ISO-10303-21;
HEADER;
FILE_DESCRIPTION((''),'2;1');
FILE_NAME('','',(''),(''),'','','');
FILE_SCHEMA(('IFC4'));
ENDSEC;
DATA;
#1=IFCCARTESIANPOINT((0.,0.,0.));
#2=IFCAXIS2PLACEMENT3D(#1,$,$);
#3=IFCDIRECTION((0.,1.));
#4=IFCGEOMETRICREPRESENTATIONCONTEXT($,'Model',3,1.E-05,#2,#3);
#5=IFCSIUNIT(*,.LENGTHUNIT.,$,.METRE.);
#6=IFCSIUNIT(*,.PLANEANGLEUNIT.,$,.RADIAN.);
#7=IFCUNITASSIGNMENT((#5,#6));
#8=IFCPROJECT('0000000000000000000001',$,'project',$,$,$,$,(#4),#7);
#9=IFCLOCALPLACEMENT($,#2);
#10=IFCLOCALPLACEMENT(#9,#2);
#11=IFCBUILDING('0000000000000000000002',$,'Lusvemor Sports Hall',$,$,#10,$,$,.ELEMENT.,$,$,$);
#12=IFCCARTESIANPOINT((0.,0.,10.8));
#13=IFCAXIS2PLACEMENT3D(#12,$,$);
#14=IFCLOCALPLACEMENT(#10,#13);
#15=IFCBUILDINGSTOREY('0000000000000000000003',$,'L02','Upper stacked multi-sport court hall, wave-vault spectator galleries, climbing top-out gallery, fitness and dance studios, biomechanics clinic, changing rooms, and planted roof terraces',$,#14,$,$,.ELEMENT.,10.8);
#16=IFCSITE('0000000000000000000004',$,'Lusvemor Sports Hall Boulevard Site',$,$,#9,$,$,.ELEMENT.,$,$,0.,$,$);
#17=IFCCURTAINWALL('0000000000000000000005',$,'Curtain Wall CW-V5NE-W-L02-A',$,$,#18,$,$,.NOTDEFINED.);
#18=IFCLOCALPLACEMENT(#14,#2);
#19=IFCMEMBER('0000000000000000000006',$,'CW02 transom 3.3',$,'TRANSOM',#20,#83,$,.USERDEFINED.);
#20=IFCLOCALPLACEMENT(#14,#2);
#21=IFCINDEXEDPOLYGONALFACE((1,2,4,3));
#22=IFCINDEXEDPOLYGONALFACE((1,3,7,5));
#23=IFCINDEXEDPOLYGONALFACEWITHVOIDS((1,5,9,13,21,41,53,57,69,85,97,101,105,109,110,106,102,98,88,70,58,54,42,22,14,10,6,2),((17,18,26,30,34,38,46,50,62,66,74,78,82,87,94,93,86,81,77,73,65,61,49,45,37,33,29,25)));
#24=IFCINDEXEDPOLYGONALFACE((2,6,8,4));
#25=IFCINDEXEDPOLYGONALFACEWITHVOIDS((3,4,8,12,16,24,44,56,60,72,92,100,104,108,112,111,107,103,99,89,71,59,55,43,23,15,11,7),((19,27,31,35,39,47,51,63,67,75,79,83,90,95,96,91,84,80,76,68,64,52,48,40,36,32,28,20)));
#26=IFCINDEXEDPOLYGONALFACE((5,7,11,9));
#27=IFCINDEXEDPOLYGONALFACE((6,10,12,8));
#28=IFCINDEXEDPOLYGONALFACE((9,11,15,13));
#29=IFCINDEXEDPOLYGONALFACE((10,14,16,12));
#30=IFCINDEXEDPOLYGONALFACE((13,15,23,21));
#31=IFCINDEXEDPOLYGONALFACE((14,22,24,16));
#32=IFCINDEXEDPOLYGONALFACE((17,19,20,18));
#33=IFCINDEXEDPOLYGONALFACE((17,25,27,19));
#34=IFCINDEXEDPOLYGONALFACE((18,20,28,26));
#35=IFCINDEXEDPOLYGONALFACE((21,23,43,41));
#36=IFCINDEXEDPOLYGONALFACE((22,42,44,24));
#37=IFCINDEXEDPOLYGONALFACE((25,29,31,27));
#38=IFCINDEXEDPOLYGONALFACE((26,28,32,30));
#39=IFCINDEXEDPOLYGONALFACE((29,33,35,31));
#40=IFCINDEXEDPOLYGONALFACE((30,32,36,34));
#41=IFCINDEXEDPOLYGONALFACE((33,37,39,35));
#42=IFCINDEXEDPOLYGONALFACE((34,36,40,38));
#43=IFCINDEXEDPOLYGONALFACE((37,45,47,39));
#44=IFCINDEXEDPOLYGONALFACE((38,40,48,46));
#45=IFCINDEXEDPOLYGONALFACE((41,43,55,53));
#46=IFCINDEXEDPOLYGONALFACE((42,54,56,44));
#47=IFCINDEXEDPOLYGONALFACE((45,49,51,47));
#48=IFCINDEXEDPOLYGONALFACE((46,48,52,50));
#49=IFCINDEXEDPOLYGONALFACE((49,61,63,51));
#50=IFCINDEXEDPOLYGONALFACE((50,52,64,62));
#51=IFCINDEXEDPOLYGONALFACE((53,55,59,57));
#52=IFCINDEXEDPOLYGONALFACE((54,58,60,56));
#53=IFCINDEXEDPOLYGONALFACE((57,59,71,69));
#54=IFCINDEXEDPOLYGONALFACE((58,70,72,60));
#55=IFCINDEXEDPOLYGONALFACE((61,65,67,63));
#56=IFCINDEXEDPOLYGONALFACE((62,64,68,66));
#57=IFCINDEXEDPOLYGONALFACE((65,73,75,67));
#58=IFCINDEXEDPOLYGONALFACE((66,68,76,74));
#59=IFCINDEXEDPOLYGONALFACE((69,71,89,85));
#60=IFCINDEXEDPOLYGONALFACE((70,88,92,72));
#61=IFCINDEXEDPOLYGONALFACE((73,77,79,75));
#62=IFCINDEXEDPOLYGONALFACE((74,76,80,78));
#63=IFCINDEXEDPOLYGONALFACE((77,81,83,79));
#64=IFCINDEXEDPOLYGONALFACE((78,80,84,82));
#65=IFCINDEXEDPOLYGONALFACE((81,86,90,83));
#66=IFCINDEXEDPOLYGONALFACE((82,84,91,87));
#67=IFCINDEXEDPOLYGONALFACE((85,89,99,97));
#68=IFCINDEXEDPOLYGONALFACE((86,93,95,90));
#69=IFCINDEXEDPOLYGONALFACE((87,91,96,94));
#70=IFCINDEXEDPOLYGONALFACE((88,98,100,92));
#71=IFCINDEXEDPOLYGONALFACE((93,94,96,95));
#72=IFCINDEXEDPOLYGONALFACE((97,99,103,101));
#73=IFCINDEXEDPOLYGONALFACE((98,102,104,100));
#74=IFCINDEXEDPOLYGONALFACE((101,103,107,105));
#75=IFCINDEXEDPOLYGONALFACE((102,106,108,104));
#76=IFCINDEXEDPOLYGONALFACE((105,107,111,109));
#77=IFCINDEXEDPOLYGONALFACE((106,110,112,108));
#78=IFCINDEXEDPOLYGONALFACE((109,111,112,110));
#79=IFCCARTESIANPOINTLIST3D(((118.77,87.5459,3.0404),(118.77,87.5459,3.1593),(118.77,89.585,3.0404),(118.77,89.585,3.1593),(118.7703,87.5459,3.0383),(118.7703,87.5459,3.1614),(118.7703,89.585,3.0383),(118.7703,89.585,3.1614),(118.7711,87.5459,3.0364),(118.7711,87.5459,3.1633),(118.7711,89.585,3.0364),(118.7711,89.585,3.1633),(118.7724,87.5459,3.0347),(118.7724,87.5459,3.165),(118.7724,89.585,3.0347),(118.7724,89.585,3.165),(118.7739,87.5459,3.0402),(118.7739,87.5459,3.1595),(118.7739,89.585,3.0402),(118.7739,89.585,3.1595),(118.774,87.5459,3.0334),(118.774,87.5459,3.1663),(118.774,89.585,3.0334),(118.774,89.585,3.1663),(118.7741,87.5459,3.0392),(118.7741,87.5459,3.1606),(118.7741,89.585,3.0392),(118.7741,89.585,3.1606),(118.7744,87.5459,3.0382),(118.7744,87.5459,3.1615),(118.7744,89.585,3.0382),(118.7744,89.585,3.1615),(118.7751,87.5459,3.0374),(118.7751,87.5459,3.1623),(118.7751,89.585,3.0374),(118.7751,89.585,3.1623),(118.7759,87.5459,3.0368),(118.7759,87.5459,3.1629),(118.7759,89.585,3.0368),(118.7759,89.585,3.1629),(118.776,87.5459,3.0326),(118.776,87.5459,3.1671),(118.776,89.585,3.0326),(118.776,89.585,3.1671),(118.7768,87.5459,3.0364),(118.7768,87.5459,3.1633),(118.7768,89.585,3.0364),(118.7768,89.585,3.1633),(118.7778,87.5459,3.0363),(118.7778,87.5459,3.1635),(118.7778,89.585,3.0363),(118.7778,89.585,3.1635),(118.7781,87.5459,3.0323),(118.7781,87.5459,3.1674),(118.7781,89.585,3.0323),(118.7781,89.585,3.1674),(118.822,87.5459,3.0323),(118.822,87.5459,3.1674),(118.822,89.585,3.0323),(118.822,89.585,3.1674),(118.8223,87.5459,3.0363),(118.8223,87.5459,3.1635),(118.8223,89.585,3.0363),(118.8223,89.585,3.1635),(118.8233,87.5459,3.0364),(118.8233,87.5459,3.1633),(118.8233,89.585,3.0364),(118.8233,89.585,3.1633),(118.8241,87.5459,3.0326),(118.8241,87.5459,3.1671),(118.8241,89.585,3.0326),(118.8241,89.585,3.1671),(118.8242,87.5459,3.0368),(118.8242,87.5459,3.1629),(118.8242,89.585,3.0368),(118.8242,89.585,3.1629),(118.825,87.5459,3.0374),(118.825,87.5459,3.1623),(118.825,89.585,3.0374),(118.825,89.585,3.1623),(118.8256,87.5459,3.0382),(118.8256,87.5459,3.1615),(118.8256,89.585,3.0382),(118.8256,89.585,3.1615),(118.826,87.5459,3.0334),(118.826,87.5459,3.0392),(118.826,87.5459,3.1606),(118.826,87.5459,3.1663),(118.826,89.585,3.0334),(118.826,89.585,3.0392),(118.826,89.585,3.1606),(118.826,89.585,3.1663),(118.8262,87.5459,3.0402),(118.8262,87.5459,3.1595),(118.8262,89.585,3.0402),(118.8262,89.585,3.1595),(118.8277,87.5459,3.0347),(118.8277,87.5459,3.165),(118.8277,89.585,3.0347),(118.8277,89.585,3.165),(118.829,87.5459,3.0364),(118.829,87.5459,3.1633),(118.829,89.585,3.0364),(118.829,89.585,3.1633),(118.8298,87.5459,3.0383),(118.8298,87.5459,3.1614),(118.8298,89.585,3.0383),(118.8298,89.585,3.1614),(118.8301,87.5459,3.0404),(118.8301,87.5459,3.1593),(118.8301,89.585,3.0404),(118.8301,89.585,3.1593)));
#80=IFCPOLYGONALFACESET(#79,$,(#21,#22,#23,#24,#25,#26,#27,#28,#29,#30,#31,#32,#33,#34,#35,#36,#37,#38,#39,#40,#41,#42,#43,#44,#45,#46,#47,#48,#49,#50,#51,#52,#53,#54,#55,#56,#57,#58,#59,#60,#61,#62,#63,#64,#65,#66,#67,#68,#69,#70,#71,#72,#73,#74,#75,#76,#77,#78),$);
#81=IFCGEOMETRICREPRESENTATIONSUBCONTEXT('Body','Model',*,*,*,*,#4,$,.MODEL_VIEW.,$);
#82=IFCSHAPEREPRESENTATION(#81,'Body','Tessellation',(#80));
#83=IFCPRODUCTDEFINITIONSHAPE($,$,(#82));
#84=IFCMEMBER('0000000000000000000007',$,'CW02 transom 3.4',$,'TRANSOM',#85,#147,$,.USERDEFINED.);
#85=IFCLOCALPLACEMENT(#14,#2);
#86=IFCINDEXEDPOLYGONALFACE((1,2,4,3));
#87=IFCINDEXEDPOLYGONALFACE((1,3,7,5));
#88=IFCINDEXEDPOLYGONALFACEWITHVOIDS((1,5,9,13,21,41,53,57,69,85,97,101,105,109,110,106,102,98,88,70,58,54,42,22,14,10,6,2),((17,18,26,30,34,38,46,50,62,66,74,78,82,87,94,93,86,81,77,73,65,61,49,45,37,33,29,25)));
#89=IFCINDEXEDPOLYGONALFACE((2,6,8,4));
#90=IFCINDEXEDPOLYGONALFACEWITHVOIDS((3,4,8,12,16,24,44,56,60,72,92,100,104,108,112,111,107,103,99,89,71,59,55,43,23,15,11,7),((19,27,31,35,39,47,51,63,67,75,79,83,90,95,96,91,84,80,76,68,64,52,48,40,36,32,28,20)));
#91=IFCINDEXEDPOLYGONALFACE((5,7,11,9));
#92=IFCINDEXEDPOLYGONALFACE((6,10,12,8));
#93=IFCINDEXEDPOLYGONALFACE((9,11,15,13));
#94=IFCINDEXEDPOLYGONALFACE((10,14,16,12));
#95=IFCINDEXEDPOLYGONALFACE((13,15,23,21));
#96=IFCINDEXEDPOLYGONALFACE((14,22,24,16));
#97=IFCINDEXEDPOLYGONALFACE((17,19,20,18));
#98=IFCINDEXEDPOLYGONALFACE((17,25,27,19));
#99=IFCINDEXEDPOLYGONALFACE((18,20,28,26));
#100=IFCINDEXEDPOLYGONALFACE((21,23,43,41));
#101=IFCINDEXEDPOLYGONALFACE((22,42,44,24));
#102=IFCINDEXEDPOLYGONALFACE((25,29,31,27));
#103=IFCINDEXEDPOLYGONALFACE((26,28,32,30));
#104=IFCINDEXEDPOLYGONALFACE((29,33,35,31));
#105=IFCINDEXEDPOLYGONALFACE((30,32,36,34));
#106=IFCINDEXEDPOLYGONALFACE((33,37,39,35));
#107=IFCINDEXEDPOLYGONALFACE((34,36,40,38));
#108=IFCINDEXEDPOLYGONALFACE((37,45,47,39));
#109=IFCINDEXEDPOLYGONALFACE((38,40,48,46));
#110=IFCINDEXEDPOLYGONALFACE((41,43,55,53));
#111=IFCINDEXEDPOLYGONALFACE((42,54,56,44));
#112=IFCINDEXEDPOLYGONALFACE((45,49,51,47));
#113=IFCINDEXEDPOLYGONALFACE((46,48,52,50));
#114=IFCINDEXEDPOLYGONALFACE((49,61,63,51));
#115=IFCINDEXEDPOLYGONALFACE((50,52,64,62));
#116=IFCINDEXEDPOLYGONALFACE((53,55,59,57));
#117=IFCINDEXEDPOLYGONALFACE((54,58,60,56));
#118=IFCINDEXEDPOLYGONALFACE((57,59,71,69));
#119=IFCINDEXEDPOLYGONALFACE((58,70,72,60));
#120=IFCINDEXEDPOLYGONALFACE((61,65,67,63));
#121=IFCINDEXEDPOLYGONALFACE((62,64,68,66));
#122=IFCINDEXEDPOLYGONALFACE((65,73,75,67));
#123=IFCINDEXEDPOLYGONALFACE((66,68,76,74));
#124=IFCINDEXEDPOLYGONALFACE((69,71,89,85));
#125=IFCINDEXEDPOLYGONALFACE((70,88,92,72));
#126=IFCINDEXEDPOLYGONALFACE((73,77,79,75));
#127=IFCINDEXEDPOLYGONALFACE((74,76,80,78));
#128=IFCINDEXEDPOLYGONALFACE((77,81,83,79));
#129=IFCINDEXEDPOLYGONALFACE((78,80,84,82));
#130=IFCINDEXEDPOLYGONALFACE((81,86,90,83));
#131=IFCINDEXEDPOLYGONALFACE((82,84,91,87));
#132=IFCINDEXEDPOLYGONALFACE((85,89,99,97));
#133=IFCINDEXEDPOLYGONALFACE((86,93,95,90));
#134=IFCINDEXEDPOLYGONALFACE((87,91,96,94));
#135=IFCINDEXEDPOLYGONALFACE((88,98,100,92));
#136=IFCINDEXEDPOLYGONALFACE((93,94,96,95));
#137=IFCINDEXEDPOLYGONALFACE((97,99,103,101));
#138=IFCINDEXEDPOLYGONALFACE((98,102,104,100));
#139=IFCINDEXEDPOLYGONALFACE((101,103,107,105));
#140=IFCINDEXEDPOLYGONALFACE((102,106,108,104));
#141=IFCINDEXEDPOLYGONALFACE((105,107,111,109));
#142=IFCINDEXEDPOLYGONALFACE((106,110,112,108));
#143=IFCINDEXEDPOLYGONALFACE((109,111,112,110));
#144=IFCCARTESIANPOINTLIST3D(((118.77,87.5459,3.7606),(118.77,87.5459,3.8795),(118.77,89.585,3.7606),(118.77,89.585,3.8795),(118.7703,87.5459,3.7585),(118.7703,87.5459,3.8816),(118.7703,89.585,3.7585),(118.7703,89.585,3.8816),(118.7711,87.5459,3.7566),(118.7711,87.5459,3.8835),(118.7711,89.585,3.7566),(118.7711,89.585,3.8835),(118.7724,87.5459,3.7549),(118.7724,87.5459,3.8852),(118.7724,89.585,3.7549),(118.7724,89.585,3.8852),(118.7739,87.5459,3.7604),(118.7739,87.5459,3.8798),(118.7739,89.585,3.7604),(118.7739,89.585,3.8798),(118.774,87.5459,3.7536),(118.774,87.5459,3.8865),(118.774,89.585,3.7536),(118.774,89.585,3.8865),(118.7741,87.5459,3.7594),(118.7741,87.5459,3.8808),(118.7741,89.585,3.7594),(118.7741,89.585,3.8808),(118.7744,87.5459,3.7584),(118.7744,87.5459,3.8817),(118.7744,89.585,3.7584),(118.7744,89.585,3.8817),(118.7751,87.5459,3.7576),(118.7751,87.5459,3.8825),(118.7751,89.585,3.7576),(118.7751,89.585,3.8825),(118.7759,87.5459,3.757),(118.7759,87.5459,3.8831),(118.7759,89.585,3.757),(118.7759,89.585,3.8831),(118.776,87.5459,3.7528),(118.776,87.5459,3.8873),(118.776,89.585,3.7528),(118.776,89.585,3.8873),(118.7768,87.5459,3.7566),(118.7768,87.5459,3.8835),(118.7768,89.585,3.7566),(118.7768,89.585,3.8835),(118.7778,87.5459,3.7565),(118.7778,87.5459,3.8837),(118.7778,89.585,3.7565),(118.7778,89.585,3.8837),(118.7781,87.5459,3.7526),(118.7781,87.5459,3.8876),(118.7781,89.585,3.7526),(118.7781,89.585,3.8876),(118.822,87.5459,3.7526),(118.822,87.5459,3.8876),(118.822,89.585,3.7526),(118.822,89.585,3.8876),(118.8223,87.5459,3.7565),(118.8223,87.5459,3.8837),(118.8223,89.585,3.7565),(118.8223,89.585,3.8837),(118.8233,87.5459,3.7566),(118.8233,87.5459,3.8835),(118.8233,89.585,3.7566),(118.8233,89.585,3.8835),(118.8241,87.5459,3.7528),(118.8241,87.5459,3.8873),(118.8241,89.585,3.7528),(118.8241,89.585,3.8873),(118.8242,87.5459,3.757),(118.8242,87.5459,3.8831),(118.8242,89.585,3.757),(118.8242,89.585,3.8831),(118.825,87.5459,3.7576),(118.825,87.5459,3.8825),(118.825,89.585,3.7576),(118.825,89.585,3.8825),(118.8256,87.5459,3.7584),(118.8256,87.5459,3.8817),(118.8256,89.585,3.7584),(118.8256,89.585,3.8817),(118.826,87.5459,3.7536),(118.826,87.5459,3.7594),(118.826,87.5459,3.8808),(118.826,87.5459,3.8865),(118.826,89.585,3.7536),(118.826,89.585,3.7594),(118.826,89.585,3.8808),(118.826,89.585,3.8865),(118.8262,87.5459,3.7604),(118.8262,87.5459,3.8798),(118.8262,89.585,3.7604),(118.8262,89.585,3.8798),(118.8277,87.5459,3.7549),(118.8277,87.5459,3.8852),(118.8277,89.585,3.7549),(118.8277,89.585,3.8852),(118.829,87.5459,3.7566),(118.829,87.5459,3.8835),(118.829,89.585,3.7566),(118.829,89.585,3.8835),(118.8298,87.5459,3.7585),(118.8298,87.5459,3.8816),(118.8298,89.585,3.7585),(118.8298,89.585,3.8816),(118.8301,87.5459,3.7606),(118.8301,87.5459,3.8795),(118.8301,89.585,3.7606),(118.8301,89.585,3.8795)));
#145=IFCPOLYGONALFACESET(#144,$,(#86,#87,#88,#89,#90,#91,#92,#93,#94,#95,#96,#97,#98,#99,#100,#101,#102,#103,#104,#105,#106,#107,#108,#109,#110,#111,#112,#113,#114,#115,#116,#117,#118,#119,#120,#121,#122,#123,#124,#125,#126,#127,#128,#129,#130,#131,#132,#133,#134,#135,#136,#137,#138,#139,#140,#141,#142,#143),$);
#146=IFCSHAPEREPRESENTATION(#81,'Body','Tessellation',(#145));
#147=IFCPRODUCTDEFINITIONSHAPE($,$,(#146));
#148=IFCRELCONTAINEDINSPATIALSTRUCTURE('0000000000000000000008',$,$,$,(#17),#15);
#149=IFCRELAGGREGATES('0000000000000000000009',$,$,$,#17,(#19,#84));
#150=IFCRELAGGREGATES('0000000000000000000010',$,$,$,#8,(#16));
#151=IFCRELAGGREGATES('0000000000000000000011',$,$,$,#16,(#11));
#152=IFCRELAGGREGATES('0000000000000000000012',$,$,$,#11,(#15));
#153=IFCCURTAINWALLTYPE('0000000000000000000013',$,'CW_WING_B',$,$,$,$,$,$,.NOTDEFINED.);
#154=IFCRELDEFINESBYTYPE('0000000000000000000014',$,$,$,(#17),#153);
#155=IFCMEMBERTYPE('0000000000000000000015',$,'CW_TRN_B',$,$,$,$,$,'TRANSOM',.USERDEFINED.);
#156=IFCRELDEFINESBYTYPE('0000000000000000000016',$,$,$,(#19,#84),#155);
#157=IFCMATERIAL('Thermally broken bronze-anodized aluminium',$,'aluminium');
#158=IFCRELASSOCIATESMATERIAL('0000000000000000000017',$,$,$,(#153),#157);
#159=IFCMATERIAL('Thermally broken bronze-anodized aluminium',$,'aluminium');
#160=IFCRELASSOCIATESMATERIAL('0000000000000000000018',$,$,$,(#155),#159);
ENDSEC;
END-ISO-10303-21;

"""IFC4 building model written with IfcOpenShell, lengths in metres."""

from ifc_helpers import new_model, si_unit, direction, frame, origin, origin_2d, place, context, subcontext, project, spatial, hollow_rectangle, extrude, material, material_profile, profile_set, type_object, element, aggregate, save


model = new_model("IFC4")

# Units and contexts
model_context = context("Model", 3, precision=1e-05, world=origin(), true_north=direction((0.0, 1.0)))
body_context = subcontext(model_context, "Body", "Model", "MODEL_VIEW")
ifc_project = project(units=[si_unit("LENGTHUNIT", "METRE"), si_unit("PLANEANGLEUNIT", "RADIAN")], contexts=[model_context])

# Site, building, storey
site_placement = place(None, origin())
site = spatial("IfcSite", under=ifc_project, at=site_placement, Name="Lusvemor Sports Hall Boulevard Site", CompositionType="ELEMENT", RefElevation=0.0)
building_placement = place(site_placement, origin())
building = spatial("IfcBuilding", under=site, at=building_placement, Name="Lusvemor Sports Hall", CompositionType="ELEMENT")
storey_placement = place(building_placement, frame((0.0, 0.0, 10.8)))
storey = spatial("IfcBuildingStorey", under=building, at=storey_placement, Name="L02", Description="Upper stacked multi-sport court hall, wave-vault spectator galleries, climbing top-out gallery, fitness and dance studios, biomechanics clinic, changing rooms, and planted roof terraces", CompositionType="ELEMENT", Elevation=10.8)

# Curtain wall
ifc_material_1 = material(Name="Thermally broken bronze-anodized aluminium", Category="aluminium")
curtain_wall_type = type_object("IfcCurtainWallType", Name="CW_WING_B", PredefinedType="NOTDEFINED", material=ifc_material_1)
curtain_wall_1_placement = place(storey_placement, origin())
curtain_wall_1 = element("IfcCurtainWall", 1, at=curtain_wall_1_placement, inside=storey, type_object=curtain_wall_type, Name="Curtain Wall CW-V5NE-W-L02-A", PredefinedType="NOTDEFINED")

# Members
ifc_material_2 = material(Name="Thermally broken bronze-anodized aluminium", Category="aluminium")
ifc_material_profile_1 = material_profile(ifc_material_2, hollow_rectangle(XDim=0.0601, YDim=0.135, WallThickness=0.0039, InnerFilletRadius=0.0039, OuterFilletRadius=0.0081, at=origin_2d()), Name="CWTRN135x60x4")
ifc_profile_set_1 = profile_set([ifc_material_profile_1], Name="Thermally broken bronze-anodized aluminium")
member_type_1 = type_object("IfcMemberType", Name="CW_TRN_B", ElementType="TRANSOM", PredefinedType="USERDEFINED", material=ifc_profile_set_1)
member_1_placement = place(storey_placement, frame((118.8, 87.5459, 3.0999), z_axis=(0.0, 1.0, 0.0), x_axis=(-1.0, 0.0, 0.0)))
member_1 = element("IfcMember", 2, at=member_1_placement, type_object=member_type_1, Name="CW02 transom 3.3", ObjectType="TRANSOM", PredefinedType="USERDEFINED", context=body_context, shape_type="SweptSolid", body=[
    extrude(hollow_rectangle(XDim=0.0601, YDim=0.135, WallThickness=0.0039, InnerFilletRadius=0.0039, OuterFilletRadius=0.0081, at=origin_2d()), origin(), (0.0, 0.0, 1.0), 2.0391),
])
member_2_placement = place(storey_placement, frame((118.8, 87.5459, 3.8201), z_axis=(0.0, 1.0, 0.0), x_axis=(-1.0, 0.0, 0.0)))
member_2 = element("IfcMember", 3, at=member_2_placement, type_object=member_type_1, Name="CW02 transom 3.4", ObjectType="TRANSOM", PredefinedType="USERDEFINED", context=body_context, shape_type="SweptSolid", body=[
    extrude(hollow_rectangle(XDim=0.0601, YDim=0.135, WallThickness=0.0039, InnerFilletRadius=0.0039, OuterFilletRadius=0.0081, at=origin_2d()), origin(), (0.0, 0.0, 1.0), 2.0391),
])

aggregate(curtain_wall_1, [member_1, member_2])

save(model, "model.ifc")
